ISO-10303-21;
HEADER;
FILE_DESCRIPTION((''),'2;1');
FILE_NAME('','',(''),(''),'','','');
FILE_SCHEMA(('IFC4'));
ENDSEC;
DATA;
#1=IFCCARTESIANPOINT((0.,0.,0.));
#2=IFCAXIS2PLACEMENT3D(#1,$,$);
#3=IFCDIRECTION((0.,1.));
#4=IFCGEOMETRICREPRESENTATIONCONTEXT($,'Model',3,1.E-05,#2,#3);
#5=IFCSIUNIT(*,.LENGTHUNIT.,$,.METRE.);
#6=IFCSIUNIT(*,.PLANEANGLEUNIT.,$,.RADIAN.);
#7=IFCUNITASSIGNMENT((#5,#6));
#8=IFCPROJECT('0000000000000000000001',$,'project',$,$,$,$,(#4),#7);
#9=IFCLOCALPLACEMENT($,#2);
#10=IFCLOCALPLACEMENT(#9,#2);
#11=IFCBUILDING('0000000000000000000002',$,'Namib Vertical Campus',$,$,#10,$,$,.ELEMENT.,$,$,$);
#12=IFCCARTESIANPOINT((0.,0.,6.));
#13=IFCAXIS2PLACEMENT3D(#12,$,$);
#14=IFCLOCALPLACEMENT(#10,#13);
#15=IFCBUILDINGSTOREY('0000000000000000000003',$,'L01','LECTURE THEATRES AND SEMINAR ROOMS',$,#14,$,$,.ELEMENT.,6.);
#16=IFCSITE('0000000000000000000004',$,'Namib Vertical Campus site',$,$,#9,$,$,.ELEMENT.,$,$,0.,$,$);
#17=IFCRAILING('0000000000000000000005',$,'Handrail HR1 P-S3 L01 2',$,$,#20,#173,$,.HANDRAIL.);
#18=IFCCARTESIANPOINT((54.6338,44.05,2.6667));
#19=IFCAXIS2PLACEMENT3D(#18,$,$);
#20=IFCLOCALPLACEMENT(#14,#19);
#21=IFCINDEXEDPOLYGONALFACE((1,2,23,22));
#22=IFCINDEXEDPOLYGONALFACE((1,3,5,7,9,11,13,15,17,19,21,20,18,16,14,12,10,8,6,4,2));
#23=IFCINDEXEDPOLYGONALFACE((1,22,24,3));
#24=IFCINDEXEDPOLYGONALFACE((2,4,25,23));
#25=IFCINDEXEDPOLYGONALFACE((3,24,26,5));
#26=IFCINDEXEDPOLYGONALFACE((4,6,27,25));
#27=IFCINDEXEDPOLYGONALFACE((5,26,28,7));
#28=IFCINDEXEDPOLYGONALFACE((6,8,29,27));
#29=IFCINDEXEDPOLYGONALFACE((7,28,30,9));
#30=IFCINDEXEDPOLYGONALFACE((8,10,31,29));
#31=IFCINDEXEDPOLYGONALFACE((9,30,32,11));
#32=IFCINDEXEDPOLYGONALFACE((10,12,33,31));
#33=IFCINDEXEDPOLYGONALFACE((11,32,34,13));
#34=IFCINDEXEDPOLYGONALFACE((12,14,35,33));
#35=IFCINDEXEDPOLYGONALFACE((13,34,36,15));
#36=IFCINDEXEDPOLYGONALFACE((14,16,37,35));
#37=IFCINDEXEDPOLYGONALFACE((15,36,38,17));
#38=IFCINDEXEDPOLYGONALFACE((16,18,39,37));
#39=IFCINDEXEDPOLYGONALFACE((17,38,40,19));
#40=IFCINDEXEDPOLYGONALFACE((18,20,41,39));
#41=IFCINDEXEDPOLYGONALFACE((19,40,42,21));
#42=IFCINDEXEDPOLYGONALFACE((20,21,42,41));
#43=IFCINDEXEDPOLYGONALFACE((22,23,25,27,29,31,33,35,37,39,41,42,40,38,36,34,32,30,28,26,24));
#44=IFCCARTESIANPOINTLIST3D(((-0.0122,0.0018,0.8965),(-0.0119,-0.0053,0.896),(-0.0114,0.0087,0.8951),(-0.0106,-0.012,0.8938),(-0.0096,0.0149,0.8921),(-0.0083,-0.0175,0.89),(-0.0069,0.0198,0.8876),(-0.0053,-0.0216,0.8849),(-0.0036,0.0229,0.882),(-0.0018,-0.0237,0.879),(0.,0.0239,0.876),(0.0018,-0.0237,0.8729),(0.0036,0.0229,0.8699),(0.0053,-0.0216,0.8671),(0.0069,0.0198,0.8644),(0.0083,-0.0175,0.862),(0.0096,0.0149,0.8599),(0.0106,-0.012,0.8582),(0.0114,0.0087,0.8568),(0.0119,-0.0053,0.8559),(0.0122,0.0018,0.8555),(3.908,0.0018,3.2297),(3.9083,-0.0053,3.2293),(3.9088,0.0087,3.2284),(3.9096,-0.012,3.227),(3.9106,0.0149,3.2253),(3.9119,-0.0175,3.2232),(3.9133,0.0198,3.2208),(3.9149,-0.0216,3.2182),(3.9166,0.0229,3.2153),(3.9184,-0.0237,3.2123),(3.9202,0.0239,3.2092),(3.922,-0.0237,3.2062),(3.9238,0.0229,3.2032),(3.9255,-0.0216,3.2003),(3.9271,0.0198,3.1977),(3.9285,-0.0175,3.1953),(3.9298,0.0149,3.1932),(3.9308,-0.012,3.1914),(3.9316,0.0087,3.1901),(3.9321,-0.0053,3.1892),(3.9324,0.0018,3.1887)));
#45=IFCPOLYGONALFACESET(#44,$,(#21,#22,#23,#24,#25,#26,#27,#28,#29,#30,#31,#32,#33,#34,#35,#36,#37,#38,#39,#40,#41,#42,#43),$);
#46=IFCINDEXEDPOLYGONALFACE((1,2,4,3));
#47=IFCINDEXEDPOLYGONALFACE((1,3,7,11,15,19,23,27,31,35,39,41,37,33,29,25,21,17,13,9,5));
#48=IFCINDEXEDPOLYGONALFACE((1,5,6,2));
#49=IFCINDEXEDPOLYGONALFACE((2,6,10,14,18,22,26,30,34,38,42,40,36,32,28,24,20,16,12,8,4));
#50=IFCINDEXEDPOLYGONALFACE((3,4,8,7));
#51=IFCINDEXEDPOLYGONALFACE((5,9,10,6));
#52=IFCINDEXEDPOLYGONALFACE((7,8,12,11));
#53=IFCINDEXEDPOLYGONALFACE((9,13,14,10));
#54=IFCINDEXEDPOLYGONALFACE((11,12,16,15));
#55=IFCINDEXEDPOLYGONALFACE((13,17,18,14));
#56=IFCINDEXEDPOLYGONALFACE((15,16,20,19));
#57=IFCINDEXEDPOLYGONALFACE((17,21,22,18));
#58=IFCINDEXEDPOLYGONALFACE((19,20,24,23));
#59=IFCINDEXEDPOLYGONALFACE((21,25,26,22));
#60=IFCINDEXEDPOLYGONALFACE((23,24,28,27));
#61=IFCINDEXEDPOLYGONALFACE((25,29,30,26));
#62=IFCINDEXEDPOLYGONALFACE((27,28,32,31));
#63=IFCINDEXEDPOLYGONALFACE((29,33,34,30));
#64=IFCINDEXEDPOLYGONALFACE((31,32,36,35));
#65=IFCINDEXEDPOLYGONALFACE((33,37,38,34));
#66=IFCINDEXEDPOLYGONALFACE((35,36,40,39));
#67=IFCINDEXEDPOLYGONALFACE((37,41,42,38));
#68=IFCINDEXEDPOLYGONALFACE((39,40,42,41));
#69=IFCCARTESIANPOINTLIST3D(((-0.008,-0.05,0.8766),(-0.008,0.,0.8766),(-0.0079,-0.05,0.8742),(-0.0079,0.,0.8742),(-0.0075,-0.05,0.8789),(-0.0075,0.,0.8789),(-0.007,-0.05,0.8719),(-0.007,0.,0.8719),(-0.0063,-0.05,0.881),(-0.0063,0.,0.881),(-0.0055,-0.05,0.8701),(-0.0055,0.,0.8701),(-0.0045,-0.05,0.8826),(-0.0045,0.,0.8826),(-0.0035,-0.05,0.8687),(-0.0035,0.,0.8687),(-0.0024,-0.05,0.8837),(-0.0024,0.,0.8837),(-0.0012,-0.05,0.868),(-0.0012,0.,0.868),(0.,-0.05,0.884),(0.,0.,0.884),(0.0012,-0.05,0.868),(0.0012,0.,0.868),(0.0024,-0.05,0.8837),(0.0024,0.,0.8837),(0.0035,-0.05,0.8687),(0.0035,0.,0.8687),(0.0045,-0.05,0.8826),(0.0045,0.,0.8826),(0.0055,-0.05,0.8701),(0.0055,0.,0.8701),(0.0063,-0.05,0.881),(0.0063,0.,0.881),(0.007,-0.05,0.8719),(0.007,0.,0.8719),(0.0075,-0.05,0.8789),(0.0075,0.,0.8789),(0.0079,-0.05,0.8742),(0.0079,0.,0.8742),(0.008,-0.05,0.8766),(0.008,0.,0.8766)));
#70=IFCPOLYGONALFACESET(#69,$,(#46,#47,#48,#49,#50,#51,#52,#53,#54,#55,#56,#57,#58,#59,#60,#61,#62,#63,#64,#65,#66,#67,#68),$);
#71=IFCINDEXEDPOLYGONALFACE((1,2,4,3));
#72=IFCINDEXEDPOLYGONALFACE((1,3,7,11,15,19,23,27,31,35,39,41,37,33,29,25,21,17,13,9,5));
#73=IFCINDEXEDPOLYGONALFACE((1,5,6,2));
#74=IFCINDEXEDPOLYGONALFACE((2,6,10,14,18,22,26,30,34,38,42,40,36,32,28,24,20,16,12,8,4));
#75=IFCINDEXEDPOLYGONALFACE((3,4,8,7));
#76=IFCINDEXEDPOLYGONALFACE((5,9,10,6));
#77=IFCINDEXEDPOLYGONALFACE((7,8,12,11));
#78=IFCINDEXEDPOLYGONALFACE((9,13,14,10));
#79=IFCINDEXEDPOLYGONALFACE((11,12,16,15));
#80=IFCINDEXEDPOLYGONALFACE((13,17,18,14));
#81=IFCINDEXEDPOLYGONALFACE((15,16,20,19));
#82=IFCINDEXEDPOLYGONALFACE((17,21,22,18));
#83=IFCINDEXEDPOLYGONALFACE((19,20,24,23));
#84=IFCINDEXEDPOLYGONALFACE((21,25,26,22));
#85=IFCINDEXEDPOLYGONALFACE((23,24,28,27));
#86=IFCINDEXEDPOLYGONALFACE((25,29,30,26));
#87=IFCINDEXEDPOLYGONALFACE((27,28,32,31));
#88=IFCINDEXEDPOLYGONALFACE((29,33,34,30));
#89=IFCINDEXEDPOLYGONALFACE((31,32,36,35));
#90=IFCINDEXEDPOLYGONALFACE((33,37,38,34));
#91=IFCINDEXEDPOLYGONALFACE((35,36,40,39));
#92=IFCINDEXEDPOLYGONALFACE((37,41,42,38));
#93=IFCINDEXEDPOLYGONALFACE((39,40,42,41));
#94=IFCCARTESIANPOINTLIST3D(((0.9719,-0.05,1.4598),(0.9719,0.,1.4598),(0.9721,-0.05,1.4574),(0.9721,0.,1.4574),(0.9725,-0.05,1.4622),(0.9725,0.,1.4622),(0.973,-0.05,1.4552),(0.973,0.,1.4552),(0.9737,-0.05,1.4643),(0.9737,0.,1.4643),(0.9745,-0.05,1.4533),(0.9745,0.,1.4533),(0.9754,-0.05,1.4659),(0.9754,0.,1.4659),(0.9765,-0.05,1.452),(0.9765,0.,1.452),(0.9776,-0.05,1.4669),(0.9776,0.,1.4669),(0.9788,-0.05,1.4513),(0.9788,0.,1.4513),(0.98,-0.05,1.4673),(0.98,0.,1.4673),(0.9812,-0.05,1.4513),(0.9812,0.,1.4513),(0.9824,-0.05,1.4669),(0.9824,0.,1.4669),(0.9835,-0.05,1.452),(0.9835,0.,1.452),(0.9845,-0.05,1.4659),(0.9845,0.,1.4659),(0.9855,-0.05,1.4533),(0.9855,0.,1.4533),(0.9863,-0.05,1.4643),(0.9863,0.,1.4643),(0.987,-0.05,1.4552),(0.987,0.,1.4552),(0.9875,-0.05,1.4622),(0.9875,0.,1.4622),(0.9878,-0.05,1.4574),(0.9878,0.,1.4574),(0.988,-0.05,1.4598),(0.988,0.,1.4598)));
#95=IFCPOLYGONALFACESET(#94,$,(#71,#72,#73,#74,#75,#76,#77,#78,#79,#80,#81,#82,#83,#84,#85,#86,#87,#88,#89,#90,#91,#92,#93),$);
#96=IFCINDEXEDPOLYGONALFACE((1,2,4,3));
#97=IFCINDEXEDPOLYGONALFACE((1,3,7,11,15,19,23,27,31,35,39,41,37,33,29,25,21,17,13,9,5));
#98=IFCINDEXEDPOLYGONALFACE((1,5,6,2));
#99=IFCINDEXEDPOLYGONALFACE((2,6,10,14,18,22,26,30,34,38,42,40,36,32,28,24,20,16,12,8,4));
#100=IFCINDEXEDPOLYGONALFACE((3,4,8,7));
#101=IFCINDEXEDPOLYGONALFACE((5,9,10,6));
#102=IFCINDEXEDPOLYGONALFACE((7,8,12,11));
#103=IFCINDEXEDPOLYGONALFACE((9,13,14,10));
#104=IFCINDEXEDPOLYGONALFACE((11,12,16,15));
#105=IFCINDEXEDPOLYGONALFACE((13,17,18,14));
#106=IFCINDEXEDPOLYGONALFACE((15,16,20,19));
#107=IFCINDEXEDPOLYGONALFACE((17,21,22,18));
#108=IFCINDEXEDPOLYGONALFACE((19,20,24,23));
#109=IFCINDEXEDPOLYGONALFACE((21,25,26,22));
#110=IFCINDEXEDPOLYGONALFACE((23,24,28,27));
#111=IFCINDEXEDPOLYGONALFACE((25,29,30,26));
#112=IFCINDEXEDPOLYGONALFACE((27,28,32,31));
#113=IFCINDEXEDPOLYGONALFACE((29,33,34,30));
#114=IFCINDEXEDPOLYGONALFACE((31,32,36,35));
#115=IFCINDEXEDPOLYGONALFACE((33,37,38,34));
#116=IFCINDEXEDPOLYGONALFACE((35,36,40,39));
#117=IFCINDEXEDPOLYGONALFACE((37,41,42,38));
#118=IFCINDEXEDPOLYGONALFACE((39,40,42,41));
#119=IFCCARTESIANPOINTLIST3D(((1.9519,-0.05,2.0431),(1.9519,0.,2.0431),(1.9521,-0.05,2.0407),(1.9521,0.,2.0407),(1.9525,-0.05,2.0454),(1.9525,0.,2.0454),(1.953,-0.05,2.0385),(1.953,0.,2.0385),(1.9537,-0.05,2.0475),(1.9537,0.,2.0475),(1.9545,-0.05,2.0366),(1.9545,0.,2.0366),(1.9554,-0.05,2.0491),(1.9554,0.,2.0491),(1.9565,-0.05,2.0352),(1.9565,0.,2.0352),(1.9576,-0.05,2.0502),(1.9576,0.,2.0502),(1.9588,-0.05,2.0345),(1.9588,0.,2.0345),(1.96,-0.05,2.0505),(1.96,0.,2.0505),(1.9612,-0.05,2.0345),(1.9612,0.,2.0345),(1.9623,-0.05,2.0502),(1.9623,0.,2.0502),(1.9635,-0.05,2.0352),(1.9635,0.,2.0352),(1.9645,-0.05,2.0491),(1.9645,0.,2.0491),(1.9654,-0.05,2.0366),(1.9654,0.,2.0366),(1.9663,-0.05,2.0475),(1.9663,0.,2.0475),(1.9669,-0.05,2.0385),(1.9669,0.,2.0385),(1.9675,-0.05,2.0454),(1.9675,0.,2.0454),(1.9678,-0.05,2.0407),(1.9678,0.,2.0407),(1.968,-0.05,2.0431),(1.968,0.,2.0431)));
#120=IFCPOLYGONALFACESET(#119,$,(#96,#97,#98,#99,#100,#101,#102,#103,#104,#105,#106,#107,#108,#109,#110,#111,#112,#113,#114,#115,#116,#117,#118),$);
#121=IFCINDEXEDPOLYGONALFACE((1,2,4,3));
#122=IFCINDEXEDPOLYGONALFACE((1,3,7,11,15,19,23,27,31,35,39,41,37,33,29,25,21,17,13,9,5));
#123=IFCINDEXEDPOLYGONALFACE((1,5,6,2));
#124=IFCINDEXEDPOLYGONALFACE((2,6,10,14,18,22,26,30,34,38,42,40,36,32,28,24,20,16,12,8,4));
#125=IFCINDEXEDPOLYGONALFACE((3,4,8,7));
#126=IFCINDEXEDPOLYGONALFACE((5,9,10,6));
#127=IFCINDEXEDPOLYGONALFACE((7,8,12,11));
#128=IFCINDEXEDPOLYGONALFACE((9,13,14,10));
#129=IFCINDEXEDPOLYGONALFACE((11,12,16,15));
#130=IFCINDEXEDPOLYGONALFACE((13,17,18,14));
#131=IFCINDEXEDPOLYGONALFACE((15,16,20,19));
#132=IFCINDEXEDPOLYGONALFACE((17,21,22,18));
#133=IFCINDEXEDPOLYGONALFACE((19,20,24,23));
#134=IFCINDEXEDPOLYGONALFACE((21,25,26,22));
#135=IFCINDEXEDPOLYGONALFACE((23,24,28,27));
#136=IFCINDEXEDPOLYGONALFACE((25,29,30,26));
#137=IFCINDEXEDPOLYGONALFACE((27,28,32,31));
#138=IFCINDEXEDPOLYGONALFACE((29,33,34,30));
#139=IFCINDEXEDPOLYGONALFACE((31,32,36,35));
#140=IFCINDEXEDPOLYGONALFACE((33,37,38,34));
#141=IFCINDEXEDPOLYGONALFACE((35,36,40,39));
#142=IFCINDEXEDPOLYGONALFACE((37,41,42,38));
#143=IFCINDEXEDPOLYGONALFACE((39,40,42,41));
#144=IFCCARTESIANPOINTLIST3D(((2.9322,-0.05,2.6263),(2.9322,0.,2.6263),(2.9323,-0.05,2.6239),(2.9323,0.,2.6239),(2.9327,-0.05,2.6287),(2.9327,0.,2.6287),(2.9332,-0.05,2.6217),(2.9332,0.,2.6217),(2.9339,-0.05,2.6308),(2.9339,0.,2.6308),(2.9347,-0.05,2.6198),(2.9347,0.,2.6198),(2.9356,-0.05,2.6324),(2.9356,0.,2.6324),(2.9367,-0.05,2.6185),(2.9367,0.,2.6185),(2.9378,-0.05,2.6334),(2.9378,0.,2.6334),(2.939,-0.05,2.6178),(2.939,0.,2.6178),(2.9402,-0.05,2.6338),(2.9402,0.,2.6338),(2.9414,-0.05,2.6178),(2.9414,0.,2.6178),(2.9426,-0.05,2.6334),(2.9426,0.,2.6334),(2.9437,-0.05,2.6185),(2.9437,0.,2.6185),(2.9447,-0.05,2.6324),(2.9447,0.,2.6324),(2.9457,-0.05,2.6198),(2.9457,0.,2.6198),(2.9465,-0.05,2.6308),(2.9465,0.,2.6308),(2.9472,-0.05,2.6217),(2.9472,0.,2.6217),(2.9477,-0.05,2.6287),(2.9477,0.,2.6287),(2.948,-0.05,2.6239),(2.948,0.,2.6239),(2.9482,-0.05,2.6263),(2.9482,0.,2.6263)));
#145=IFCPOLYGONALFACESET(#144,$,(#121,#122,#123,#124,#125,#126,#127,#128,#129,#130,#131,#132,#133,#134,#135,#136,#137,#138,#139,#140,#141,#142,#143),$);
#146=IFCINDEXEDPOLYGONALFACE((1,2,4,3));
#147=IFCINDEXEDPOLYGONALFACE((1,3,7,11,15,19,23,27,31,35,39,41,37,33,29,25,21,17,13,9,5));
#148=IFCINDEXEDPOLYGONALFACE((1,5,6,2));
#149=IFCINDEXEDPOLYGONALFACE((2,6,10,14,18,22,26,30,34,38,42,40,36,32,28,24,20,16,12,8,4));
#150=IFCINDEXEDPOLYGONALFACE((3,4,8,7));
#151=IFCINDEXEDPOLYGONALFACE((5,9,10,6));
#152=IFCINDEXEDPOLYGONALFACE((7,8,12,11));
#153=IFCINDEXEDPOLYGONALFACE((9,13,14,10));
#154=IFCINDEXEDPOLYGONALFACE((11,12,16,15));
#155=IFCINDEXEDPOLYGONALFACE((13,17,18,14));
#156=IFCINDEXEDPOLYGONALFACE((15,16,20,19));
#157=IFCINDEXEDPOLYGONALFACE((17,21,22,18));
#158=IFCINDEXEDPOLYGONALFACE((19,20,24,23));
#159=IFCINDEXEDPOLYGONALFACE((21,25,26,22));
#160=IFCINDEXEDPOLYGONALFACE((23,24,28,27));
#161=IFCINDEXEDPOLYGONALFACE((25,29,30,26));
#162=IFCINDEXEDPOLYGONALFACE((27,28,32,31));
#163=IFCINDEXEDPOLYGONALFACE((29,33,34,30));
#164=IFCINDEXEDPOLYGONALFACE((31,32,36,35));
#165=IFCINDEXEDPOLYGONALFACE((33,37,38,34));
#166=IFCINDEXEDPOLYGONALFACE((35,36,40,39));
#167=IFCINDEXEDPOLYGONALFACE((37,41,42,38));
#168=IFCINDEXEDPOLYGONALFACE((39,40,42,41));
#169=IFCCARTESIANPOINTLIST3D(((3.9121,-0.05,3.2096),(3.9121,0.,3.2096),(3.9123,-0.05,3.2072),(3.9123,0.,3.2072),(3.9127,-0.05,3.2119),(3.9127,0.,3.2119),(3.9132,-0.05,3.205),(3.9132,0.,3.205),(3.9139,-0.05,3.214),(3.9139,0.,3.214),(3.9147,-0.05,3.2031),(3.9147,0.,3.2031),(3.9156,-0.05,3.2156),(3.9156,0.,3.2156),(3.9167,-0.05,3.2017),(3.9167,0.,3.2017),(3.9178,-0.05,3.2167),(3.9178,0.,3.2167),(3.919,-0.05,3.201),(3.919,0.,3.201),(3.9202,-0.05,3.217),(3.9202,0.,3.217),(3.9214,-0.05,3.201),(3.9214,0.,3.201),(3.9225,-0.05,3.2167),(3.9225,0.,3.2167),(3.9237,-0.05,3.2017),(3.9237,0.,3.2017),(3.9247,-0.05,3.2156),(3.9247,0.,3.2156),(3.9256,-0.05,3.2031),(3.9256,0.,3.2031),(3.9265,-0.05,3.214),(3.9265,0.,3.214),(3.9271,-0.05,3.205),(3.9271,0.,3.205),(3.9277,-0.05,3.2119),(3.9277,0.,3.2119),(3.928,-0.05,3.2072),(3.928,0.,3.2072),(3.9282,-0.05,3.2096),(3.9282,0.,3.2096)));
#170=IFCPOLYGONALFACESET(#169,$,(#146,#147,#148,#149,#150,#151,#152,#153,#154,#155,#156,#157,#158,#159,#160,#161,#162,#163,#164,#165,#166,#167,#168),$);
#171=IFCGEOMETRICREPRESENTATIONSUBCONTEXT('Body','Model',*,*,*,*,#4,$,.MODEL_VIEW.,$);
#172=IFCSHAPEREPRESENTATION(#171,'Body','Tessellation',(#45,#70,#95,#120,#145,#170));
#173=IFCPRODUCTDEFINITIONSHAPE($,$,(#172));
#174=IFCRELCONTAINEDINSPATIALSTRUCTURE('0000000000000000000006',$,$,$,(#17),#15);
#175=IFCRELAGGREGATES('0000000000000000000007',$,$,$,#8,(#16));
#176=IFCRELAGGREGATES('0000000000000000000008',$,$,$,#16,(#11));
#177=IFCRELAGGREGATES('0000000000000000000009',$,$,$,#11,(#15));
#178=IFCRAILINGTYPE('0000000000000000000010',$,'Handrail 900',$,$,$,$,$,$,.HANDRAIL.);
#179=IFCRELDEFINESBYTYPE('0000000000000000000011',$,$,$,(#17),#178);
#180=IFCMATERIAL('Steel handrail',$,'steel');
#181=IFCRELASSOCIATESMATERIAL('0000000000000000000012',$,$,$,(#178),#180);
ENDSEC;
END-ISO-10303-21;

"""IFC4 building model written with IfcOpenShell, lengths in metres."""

from ifc_helpers import new_model, si_unit, direction, frame, origin, origin_2d, place, context, subcontext, project, spatial, circle, extrude, material, type_object, element, save


model = new_model("IFC4")

# Units and contexts
model_context = context("Model", 3, precision=1e-05, world=origin(), true_north=direction((0.0, 1.0)))
body_context = subcontext(model_context, "Body", "Model", "MODEL_VIEW")
ifc_project = project(units=[si_unit("LENGTHUNIT", "METRE"), si_unit("PLANEANGLEUNIT", "RADIAN")], contexts=[model_context])

# Site, building, storey
site_placement = place(None, origin())
site = spatial("IfcSite", under=ifc_project, at=site_placement, Name="Namib Vertical Campus site", CompositionType="ELEMENT", RefElevation=0.0)
building_placement = place(site_placement, origin())
building = spatial("IfcBuilding", under=site, at=building_placement, Name="Namib Vertical Campus", CompositionType="ELEMENT")
storey_placement = place(building_placement, frame((0.0, 0.0, 6.0)))
storey = spatial("IfcBuildingStorey", under=building, at=storey_placement, Name="L01", Description="LECTURE THEATRES AND SEMINAR ROOMS", CompositionType="ELEMENT", Elevation=6.0)

# Railing
ifc_material_1 = material(Name="Steel handrail", Category="steel")
railing_type_1 = type_object("IfcRailingType", Name="Handrail 900", PredefinedType="HANDRAIL", material=ifc_material_1)
railing_1_placement = place(storey_placement, frame((54.6338, 44.05, 2.6667)))
element("IfcRailing", 1, at=railing_1_placement, inside=storey, type_object=railing_type_1, Name="Handrail HR1 P-S3 L01 2", PredefinedType="HANDRAIL", context=body_context, shape_type="SweptSolid", body=[
    extrude(circle(Radius=0.0239, at=origin_2d()), frame((0.0, 0.0, 0.876), z_axis=(0.85931, 0.0, 0.511455), x_axis=(0.0, 1.0, 0.0)), (0.0, 0.0, 1.0), 4.562),
    extrude(circle(Radius=0.0081, at=origin_2d()), frame((0.0, 0.0, 0.876), z_axis=(0.0, -1.0, 0.0), x_axis=(0.0, 0.0, 1.0)), (0.0, 0.0, 1.0), 0.05),
    extrude(circle(Radius=0.0081, at=origin_2d()), frame((0.98, 0.0, 1.4592), z_axis=(0.0, -1.0, 0.0), x_axis=(0.0, 0.0, 1.0)), (0.0, 0.0, 1.0), 0.05),
    extrude(circle(Radius=0.0081, at=origin_2d()), frame((1.96, 0.0, 2.0425), z_axis=(0.0, -1.0, 0.0), x_axis=(0.0, 0.0, 1.0)), (0.0, 0.0, 1.0), 0.05),
    extrude(circle(Radius=0.0081, at=origin_2d()), frame((2.9402, 0.0, 2.6257), z_axis=(0.0, -1.0, 0.0), x_axis=(0.0, 0.0, 1.0)), (0.0, 0.0, 1.0), 0.05),
    extrude(circle(Radius=0.0081, at=origin_2d()), frame((3.9202, 0.0, 3.209), z_axis=(0.0, -1.0, 0.0), x_axis=(0.0, 0.0, 1.0)), (0.0, 0.0, 1.0), 0.05),
])

save(model, "model.ifc")
